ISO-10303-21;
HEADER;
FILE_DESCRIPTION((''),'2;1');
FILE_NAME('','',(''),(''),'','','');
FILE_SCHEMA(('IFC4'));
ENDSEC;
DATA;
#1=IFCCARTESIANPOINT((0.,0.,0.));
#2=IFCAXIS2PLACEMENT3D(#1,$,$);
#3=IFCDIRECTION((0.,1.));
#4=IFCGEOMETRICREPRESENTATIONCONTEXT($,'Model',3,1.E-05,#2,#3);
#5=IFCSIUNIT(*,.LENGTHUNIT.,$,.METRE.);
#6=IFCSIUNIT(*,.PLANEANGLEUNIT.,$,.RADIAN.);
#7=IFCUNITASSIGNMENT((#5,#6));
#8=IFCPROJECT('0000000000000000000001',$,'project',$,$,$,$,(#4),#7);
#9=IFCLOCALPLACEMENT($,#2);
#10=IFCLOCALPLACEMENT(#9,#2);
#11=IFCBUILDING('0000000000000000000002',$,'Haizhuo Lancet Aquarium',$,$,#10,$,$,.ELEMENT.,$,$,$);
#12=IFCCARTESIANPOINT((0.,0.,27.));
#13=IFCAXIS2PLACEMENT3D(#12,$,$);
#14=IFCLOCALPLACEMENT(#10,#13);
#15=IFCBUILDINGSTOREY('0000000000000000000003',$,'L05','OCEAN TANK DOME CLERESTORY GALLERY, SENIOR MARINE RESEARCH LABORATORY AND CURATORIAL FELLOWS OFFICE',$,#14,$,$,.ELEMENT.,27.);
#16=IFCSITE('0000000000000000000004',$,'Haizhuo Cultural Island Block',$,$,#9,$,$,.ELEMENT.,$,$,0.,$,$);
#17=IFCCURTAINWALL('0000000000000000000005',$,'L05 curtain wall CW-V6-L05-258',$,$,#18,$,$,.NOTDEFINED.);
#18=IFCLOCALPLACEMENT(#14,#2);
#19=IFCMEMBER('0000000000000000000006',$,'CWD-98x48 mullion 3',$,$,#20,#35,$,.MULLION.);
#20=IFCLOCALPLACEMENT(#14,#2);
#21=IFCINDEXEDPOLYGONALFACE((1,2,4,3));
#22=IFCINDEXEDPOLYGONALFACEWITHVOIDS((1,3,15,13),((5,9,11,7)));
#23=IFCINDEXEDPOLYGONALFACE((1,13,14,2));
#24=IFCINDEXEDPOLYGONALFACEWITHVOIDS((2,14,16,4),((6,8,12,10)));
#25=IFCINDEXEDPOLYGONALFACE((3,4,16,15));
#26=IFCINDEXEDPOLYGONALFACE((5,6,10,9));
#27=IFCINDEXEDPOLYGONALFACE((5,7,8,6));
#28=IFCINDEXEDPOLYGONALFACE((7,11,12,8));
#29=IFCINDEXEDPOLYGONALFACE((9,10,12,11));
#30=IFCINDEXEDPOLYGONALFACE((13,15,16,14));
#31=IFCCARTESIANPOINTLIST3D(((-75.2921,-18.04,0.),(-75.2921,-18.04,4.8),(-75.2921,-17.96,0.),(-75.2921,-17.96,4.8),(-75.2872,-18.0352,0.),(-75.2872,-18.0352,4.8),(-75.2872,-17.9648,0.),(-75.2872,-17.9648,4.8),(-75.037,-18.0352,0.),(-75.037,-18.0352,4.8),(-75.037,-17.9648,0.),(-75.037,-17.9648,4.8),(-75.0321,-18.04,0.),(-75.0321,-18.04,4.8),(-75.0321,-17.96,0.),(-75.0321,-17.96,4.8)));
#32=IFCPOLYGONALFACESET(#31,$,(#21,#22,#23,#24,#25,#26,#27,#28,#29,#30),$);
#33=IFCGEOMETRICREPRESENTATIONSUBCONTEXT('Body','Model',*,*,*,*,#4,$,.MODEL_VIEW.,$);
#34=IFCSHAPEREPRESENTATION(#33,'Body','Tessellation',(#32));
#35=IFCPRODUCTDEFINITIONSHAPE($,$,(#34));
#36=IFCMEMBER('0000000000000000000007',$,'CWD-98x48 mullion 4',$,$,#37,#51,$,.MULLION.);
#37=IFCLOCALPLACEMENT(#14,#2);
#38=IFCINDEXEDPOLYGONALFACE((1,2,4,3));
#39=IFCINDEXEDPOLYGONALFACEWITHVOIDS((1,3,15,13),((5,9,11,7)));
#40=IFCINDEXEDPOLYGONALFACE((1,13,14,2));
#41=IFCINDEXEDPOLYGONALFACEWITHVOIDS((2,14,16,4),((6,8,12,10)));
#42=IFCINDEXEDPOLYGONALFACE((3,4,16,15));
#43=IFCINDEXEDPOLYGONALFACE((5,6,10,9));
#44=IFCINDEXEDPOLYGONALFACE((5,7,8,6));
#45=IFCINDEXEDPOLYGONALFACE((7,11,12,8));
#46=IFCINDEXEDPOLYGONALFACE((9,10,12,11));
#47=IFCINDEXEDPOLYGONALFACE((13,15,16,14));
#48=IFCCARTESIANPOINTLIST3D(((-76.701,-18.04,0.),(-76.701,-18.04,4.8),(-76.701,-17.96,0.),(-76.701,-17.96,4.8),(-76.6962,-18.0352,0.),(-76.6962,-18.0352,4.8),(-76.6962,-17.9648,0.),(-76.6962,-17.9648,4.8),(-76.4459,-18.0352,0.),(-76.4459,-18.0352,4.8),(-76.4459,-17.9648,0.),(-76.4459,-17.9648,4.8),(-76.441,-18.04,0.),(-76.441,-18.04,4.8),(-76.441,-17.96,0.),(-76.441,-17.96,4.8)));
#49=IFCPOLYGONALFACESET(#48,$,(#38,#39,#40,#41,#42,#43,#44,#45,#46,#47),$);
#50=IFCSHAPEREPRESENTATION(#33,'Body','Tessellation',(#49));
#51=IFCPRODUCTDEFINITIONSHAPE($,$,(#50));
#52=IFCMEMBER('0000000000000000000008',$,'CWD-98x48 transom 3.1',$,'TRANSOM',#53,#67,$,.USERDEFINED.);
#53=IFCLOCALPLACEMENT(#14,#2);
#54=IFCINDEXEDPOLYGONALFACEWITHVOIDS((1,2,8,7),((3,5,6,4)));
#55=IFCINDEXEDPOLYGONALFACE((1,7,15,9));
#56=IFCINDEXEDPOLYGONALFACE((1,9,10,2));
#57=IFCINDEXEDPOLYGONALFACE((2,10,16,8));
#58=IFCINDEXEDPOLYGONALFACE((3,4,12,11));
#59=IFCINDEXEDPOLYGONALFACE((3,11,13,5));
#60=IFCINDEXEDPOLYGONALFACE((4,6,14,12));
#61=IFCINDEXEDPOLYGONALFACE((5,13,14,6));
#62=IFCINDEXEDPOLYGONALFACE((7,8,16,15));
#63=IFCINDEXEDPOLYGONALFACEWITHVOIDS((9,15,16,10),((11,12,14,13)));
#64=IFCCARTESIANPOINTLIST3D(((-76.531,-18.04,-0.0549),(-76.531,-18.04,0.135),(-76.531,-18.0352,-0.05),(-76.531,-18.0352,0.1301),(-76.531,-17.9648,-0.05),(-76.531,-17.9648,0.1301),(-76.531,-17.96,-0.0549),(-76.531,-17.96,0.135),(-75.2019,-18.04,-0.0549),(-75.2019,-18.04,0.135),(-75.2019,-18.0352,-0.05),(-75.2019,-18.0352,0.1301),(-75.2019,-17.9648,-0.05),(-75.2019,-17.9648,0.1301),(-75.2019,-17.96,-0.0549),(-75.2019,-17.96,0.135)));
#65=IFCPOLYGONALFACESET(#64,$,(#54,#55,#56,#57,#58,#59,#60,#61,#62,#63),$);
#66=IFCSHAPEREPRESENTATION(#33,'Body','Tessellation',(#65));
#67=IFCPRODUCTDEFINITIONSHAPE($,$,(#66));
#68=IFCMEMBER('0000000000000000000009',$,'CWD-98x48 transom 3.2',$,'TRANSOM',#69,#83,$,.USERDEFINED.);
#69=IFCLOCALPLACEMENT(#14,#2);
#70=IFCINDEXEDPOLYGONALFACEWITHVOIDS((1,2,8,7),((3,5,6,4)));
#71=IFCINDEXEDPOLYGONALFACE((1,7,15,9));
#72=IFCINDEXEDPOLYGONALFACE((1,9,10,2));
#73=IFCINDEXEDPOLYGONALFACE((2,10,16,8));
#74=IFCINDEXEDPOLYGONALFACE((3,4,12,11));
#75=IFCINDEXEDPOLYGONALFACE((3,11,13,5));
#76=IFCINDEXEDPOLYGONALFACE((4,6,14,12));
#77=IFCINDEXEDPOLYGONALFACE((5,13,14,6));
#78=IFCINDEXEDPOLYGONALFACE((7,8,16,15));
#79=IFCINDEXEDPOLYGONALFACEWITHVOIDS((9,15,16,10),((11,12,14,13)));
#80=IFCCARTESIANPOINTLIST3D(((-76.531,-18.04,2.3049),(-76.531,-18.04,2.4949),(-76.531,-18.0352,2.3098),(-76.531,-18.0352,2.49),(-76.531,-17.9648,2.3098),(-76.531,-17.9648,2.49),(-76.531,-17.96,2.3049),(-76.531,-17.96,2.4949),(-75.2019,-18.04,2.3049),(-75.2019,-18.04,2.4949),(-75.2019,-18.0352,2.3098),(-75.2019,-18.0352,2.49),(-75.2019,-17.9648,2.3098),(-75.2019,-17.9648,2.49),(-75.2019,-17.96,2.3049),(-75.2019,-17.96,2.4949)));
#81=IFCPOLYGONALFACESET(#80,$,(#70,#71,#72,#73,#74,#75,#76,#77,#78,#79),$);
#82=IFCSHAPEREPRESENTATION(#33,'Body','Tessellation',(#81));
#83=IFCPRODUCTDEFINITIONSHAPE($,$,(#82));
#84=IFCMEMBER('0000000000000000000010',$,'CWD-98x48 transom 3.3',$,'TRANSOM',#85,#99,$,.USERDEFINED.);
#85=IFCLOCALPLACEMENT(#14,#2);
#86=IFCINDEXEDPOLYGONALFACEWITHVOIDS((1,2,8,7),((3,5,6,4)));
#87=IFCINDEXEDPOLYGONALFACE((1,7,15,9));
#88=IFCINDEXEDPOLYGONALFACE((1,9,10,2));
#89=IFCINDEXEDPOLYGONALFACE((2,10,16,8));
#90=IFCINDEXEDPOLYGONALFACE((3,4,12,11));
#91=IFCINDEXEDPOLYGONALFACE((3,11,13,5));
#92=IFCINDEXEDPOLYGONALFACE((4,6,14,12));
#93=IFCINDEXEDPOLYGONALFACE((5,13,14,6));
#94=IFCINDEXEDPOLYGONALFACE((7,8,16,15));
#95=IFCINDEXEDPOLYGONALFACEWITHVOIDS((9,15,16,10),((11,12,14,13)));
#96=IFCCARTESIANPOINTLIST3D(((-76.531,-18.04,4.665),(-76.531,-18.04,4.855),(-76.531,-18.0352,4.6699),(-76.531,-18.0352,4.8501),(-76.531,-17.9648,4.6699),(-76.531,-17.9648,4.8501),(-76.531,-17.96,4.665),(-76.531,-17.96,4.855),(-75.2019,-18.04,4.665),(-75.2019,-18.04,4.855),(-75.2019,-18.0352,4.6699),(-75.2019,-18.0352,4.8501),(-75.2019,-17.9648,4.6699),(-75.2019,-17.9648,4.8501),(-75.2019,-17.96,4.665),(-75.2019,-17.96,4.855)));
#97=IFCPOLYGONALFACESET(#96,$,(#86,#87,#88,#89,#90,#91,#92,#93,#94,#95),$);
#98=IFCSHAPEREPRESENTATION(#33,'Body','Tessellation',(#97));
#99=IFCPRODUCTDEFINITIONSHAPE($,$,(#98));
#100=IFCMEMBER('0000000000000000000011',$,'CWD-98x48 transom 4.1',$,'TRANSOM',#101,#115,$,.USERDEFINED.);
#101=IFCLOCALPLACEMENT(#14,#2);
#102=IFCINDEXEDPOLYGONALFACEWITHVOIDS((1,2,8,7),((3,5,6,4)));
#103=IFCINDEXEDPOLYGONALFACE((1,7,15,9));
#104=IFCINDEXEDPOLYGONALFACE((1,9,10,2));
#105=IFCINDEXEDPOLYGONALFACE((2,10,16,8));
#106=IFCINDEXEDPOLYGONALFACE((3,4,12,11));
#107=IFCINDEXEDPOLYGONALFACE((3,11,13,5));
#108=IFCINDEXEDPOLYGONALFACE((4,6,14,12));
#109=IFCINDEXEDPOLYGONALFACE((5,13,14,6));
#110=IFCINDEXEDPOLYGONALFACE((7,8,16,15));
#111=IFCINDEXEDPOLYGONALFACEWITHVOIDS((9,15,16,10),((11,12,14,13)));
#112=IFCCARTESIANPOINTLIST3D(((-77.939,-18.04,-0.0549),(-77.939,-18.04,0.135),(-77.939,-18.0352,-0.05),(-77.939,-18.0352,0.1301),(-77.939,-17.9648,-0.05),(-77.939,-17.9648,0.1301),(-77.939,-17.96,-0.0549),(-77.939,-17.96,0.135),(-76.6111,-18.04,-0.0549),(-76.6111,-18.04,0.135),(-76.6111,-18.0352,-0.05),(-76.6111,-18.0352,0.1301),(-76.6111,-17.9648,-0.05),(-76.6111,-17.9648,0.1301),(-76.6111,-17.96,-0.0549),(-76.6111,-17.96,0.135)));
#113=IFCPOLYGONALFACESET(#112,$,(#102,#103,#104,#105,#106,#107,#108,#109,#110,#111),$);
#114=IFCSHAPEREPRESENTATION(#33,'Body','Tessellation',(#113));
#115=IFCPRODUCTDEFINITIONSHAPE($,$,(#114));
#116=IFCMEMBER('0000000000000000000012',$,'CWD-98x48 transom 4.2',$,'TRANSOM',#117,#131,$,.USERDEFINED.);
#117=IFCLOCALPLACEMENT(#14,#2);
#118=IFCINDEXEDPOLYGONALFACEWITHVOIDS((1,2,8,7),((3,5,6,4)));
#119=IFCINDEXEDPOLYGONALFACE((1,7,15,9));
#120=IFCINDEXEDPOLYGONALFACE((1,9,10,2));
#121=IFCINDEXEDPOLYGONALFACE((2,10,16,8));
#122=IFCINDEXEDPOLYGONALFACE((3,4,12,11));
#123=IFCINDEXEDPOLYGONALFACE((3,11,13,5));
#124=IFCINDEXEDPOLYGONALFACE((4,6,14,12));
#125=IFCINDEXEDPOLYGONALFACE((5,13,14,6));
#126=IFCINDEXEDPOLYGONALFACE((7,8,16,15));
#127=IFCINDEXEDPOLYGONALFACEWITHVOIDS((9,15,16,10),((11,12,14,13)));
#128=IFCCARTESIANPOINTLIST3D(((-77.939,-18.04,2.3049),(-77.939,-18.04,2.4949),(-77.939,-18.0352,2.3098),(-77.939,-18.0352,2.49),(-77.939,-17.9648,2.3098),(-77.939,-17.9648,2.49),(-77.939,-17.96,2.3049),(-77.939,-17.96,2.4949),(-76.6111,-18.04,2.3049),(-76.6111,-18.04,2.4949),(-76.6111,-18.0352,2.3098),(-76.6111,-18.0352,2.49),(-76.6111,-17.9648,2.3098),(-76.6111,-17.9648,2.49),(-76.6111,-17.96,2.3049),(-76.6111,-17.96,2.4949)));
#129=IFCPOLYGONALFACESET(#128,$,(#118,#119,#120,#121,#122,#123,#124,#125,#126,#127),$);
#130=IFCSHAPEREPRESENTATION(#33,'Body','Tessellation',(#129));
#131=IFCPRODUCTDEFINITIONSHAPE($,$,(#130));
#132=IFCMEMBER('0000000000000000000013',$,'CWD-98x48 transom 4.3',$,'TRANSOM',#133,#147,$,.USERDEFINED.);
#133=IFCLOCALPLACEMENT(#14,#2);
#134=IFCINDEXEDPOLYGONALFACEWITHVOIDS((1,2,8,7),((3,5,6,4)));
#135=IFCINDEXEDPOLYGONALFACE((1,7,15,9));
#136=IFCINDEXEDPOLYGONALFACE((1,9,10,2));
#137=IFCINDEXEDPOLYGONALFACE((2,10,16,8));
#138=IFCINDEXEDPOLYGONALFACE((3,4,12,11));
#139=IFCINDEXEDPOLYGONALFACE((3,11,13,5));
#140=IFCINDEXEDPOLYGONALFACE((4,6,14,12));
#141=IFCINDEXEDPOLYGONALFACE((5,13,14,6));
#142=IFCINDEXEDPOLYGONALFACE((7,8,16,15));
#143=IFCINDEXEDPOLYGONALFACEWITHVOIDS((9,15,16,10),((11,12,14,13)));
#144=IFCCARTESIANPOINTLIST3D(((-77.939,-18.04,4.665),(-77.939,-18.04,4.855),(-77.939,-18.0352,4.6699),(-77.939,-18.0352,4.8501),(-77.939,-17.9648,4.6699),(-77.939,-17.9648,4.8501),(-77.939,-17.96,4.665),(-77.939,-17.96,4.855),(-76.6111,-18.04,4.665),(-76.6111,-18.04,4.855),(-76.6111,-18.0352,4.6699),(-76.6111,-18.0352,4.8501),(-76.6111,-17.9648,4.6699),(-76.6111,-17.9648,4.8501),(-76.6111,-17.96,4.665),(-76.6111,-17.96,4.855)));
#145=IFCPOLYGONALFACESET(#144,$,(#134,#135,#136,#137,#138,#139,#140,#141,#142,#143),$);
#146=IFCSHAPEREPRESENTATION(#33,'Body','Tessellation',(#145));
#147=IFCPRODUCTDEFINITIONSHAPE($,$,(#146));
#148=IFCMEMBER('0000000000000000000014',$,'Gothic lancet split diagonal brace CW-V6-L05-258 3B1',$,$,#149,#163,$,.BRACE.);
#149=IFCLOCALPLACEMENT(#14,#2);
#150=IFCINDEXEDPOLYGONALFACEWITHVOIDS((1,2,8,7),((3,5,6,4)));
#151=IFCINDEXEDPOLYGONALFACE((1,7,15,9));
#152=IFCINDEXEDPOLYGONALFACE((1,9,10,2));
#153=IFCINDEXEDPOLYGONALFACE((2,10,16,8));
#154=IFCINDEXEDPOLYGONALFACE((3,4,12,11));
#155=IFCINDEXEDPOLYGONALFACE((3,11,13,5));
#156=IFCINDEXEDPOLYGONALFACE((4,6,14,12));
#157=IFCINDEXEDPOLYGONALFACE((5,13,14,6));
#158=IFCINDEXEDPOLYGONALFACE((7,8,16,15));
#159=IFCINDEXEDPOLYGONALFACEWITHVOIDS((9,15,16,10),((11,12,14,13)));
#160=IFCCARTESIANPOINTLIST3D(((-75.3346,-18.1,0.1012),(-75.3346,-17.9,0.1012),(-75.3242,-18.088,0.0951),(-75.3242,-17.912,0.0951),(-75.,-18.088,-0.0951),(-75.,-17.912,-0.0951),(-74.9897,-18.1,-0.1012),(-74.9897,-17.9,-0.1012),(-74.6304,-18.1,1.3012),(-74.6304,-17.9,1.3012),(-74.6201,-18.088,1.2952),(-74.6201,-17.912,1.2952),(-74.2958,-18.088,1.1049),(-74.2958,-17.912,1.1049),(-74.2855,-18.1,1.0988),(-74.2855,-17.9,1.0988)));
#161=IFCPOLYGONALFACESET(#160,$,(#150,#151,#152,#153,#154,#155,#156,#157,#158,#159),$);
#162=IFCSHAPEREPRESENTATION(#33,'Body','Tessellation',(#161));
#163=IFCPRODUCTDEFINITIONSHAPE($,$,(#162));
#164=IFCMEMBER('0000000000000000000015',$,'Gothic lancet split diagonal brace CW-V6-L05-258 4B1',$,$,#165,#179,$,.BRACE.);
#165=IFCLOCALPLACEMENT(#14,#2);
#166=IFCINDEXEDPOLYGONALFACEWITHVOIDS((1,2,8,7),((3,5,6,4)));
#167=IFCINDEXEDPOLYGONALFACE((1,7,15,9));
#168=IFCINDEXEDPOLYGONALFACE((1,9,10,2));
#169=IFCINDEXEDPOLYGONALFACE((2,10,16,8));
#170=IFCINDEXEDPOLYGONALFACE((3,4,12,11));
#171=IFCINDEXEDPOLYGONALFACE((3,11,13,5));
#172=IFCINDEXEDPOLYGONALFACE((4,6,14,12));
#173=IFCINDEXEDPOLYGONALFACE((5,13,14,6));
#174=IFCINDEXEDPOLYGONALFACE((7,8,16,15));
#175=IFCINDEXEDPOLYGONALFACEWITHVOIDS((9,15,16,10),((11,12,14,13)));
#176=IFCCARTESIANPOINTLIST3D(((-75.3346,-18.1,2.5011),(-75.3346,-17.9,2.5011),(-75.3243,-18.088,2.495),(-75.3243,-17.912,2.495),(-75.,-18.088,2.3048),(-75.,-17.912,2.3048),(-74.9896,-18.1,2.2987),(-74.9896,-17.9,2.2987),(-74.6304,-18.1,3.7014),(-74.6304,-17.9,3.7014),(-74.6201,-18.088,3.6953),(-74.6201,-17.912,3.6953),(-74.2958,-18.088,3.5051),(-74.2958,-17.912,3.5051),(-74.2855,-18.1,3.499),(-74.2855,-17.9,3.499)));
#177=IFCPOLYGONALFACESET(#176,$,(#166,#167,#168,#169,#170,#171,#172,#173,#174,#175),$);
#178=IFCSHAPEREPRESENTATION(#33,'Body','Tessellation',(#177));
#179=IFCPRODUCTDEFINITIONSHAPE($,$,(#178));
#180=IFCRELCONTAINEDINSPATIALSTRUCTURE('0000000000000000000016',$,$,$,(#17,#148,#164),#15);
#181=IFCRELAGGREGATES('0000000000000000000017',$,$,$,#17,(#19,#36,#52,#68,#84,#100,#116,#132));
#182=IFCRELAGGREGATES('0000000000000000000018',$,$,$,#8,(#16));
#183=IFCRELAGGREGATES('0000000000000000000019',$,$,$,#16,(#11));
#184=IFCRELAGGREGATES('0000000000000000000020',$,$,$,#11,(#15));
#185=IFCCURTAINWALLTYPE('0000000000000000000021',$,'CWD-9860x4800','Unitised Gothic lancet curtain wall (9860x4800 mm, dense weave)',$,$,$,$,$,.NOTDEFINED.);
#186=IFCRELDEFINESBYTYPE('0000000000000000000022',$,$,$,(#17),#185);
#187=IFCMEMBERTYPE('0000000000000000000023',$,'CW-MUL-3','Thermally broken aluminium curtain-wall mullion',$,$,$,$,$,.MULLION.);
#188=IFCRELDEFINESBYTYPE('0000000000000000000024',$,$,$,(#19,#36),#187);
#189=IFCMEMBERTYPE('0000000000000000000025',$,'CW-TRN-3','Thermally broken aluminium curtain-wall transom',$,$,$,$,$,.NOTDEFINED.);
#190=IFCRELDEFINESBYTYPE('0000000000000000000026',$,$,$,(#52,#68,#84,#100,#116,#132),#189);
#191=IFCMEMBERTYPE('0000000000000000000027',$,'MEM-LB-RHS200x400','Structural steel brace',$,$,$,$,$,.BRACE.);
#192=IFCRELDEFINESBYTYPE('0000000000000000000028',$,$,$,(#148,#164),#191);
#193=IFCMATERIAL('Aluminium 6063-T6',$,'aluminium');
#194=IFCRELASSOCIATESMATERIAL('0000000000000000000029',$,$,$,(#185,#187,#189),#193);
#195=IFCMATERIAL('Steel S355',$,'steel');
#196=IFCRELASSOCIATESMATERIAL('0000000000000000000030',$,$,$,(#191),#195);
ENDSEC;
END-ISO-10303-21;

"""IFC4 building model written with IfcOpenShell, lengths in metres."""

from ifc_helpers import new_model, si_unit, direction, frame, origin, origin_2d, place, context, subcontext, project, spatial, hollow_rectangle, extrude, material, material_profile, profile_set, type_object, element, aggregate, save


model = new_model("IFC4")

# Units and contexts
model_context = context("Model", 3, precision=1e-05, world=origin(), true_north=direction((0.0, 1.0)))
body_context = subcontext(model_context, "Body", "Model", "MODEL_VIEW")
ifc_project = project(units=[si_unit("LENGTHUNIT", "METRE"), si_unit("PLANEANGLEUNIT", "RADIAN")], contexts=[model_context])

# Site, building, storey
site_placement = place(None, origin())
site = spatial("IfcSite", under=ifc_project, at=site_placement, Name="Haizhuo Cultural Island Block", CompositionType="ELEMENT", RefElevation=0.0)
building_placement = place(site_placement, origin())
building = spatial("IfcBuilding", under=site, at=building_placement, Name="Haizhuo Lancet Aquarium", CompositionType="ELEMENT")
storey_placement = place(building_placement, frame((0.0, 0.0, 27.0)))
storey = spatial("IfcBuildingStorey", under=building, at=storey_placement, Name="L05", Description="OCEAN TANK DOME CLERESTORY GALLERY, SENIOR MARINE RESEARCH LABORATORY AND CURATORIAL FELLOWS OFFICE", CompositionType="ELEMENT", Elevation=27.0)

# Curtain wall, members
ifc_material_1 = material(Name="Aluminium 6063-T6", Category="aluminium")
curtain_wall_type = type_object("IfcCurtainWallType", Name="CWD-9860x4800", Description="Unitised Gothic lancet curtain wall (9860x4800 mm, dense weave)", PredefinedType="NOTDEFINED", material=ifc_material_1)
curtain_wall_placement = place(storey_placement, origin())
curtain_wall = element("IfcCurtainWall", 1, at=curtain_wall_placement, inside=storey, type_object=curtain_wall_type, Name="L05 curtain wall CW-V6-L05-258", PredefinedType="NOTDEFINED")
ifc_material_profile_1 = material_profile(ifc_material_1, hollow_rectangle(XDim=0.0801, YDim=0.26, WallThickness=0.0049, at=origin_2d()), Name="ALU-M 80x260x5")
ifc_profile_set_1 = profile_set([ifc_material_profile_1], Name="Aluminium 6063-T6")
member_type_1 = type_object("IfcMemberType", Name="CW-MUL-3", Description="Thermally broken aluminium curtain-wall mullion", PredefinedType="MULLION", material=ifc_profile_set_1)
member_1_placement = place(storey_placement, frame((-75.1621, -18.0, 0.0), z_axis=(0.0, 0.0, 1.0), x_axis=(0.0, -1.0, 0.0)))
member_1 = element("IfcMember", 2, at=member_1_placement, type_object=member_type_1, Name="CWD-98x48 mullion 3", PredefinedType="MULLION", context=body_context, shape_type="SweptSolid", body=[
    extrude(hollow_rectangle(XDim=0.0801, YDim=0.26, WallThickness=0.0049, at=origin_2d()), origin(), (0.0, 0.0, 1.0), 4.8),
])
member_2_placement = place(storey_placement, frame((-76.571, -18.0, 0.0), z_axis=(0.0, 0.0, 1.0), x_axis=(0.0, -1.0, 0.0)))
member_2 = element("IfcMember", 3, at=member_2_placement, type_object=member_type_1, Name="CWD-98x48 mullion 4", PredefinedType="MULLION", context=body_context, shape_type="SweptSolid", body=[
    extrude(hollow_rectangle(XDim=0.0801, YDim=0.26, WallThickness=0.0049, at=origin_2d()), origin(), (0.0, 0.0, 1.0), 4.8),
])
ifc_material_profile_2 = material_profile(ifc_material_1, hollow_rectangle(XDim=0.0801, YDim=0.1899, WallThickness=0.0049, at=origin_2d()), Name="ALU-T 80x190x5")
ifc_profile_set_2 = profile_set([ifc_material_profile_2], Name="Aluminium 6063-T6")
member_type_2 = type_object("IfcMemberType", Name="CW-TRN-3", Description="Thermally broken aluminium curtain-wall transom", PredefinedType="NOTDEFINED", material=ifc_profile_set_2)
member_3_placement = place(storey_placement, frame((-75.2019, -18.0, 0.04), z_axis=(-1.0, 0.0, 0.0), x_axis=(0.0, -1.0, 0.0)))
member_3 = element("IfcMember", 4, at=member_3_placement, type_object=member_type_2, Name="CWD-98x48 transom 3.1", ObjectType="TRANSOM", PredefinedType="USERDEFINED", context=body_context, shape_type="SweptSolid", body=[
    extrude(hollow_rectangle(XDim=0.0801, YDim=0.1899, WallThickness=0.0049, at=origin_2d()), origin(), (0.0, 0.0, 1.0), 1.3291),
])
member_4_placement = place(storey_placement, frame((-75.2019, -18.0, 2.3999), z_axis=(-1.0, 0.0, 0.0), x_axis=(0.0, -1.0, 0.0)))
member_4 = element("IfcMember", 5, at=member_4_placement, type_object=member_type_2, Name="CWD-98x48 transom 3.2", ObjectType="TRANSOM", PredefinedType="USERDEFINED", context=body_context, shape_type="SweptSolid", body=[
    extrude(hollow_rectangle(XDim=0.0801, YDim=0.1899, WallThickness=0.0049, at=origin_2d()), origin(), (0.0, 0.0, 1.0), 1.3291),
])
member_5_placement = place(storey_placement, frame((-75.2019, -18.0, 4.76), z_axis=(-1.0, 0.0, 0.0), x_axis=(0.0, -1.0, 0.0)))
member_5 = element("IfcMember", 6, at=member_5_placement, type_object=member_type_2, Name="CWD-98x48 transom 3.3", ObjectType="TRANSOM", PredefinedType="USERDEFINED", context=body_context, shape_type="SweptSolid", body=[
    extrude(hollow_rectangle(XDim=0.0801, YDim=0.1899, WallThickness=0.0049, at=origin_2d()), origin(), (0.0, 0.0, 1.0), 1.3291),
])
member_6_placement = place(storey_placement, frame((-76.6111, -18.0, 0.04), z_axis=(-1.0, 0.0, 0.0), x_axis=(0.0, -1.0, 0.0)))
member_6 = element("IfcMember", 7, at=member_6_placement, type_object=member_type_2, Name="CWD-98x48 transom 4.1", ObjectType="TRANSOM", PredefinedType="USERDEFINED", context=body_context, shape_type="SweptSolid", body=[
    extrude(hollow_rectangle(XDim=0.0801, YDim=0.1899, WallThickness=0.0049, at=origin_2d()), origin(), (0.0, 0.0, 1.0), 1.3279),
])
member_7_placement = place(storey_placement, frame((-76.6111, -18.0, 2.3999), z_axis=(-1.0, 0.0, 0.0), x_axis=(0.0, -1.0, 0.0)))
member_7 = element("IfcMember", 8, at=member_7_placement, type_object=member_type_2, Name="CWD-98x48 transom 4.2", ObjectType="TRANSOM", PredefinedType="USERDEFINED", context=body_context, shape_type="SweptSolid", body=[
    extrude(hollow_rectangle(XDim=0.0801, YDim=0.1899, WallThickness=0.0049, at=origin_2d()), origin(), (0.0, 0.0, 1.0), 1.3279),
])
member_8_placement = place(storey_placement, frame((-76.6111, -18.0, 4.76), z_axis=(-1.0, 0.0, 0.0), x_axis=(0.0, -1.0, 0.0)))
member_8 = element("IfcMember", 9, at=member_8_placement, type_object=member_type_2, Name="CWD-98x48 transom 4.3", ObjectType="TRANSOM", PredefinedType="USERDEFINED", context=body_context, shape_type="SweptSolid", body=[
    extrude(hollow_rectangle(XDim=0.0801, YDim=0.1899, WallThickness=0.0049, at=origin_2d()), origin(), (0.0, 0.0, 1.0), 1.3279),
])

# Members
ifc_material_2 = material(Name="Steel S355", Category="steel")
ifc_material_profile_3 = material_profile(ifc_material_2, hollow_rectangle(XDim=0.2, YDim=0.3999, WallThickness=0.012, at=origin_2d()), Name="RHS 200x400x12")
ifc_profile_set_3 = profile_set([ifc_material_profile_3], Name="Steel S355")
member_type_3 = type_object("IfcMemberType", Name="MEM-LB-RHS200x400", Description="Structural steel brace", PredefinedType="BRACE", material=ifc_profile_set_3)
member_9_placement = place(storey_placement, frame((-75.1621, -18.0, 0.0), z_axis=(0.506084, 0.0, 0.862484), x_axis=(0.0, 1.0, 0.0)))
element("IfcMember", 10, at=member_9_placement, inside=storey, type_object=member_type_3, Name="Gothic lancet split diagonal brace CW-V6-L05-258 3B1", PredefinedType="BRACE", context=body_context, shape_type="SweptSolid", body=[
    extrude(hollow_rectangle(XDim=0.2, YDim=0.3999, WallThickness=0.012, at=origin_2d()), origin(), (0.0, 0.0, 1.0), 1.3914),
])
member_10_placement = place(storey_placement, frame((-75.1621, -18.0, 2.3999), z_axis=(0.506008, 0.0, 0.862529), x_axis=(0.0, 1.0, 0.0)))
element("IfcMember", 11, at=member_10_placement, inside=storey, type_object=member_type_3, Name="Gothic lancet split diagonal brace CW-V6-L05-258 4B1", PredefinedType="BRACE", context=body_context, shape_type="SweptSolid", body=[
    extrude(hollow_rectangle(XDim=0.2, YDim=0.3999, WallThickness=0.012, at=origin_2d()), origin(), (0.0, 0.0, 1.0), 1.3916),
])

aggregate(curtain_wall, [member_1, member_2, member_3, member_4, member_5, member_6, member_7, member_8])

save(model, "model.ifc")
